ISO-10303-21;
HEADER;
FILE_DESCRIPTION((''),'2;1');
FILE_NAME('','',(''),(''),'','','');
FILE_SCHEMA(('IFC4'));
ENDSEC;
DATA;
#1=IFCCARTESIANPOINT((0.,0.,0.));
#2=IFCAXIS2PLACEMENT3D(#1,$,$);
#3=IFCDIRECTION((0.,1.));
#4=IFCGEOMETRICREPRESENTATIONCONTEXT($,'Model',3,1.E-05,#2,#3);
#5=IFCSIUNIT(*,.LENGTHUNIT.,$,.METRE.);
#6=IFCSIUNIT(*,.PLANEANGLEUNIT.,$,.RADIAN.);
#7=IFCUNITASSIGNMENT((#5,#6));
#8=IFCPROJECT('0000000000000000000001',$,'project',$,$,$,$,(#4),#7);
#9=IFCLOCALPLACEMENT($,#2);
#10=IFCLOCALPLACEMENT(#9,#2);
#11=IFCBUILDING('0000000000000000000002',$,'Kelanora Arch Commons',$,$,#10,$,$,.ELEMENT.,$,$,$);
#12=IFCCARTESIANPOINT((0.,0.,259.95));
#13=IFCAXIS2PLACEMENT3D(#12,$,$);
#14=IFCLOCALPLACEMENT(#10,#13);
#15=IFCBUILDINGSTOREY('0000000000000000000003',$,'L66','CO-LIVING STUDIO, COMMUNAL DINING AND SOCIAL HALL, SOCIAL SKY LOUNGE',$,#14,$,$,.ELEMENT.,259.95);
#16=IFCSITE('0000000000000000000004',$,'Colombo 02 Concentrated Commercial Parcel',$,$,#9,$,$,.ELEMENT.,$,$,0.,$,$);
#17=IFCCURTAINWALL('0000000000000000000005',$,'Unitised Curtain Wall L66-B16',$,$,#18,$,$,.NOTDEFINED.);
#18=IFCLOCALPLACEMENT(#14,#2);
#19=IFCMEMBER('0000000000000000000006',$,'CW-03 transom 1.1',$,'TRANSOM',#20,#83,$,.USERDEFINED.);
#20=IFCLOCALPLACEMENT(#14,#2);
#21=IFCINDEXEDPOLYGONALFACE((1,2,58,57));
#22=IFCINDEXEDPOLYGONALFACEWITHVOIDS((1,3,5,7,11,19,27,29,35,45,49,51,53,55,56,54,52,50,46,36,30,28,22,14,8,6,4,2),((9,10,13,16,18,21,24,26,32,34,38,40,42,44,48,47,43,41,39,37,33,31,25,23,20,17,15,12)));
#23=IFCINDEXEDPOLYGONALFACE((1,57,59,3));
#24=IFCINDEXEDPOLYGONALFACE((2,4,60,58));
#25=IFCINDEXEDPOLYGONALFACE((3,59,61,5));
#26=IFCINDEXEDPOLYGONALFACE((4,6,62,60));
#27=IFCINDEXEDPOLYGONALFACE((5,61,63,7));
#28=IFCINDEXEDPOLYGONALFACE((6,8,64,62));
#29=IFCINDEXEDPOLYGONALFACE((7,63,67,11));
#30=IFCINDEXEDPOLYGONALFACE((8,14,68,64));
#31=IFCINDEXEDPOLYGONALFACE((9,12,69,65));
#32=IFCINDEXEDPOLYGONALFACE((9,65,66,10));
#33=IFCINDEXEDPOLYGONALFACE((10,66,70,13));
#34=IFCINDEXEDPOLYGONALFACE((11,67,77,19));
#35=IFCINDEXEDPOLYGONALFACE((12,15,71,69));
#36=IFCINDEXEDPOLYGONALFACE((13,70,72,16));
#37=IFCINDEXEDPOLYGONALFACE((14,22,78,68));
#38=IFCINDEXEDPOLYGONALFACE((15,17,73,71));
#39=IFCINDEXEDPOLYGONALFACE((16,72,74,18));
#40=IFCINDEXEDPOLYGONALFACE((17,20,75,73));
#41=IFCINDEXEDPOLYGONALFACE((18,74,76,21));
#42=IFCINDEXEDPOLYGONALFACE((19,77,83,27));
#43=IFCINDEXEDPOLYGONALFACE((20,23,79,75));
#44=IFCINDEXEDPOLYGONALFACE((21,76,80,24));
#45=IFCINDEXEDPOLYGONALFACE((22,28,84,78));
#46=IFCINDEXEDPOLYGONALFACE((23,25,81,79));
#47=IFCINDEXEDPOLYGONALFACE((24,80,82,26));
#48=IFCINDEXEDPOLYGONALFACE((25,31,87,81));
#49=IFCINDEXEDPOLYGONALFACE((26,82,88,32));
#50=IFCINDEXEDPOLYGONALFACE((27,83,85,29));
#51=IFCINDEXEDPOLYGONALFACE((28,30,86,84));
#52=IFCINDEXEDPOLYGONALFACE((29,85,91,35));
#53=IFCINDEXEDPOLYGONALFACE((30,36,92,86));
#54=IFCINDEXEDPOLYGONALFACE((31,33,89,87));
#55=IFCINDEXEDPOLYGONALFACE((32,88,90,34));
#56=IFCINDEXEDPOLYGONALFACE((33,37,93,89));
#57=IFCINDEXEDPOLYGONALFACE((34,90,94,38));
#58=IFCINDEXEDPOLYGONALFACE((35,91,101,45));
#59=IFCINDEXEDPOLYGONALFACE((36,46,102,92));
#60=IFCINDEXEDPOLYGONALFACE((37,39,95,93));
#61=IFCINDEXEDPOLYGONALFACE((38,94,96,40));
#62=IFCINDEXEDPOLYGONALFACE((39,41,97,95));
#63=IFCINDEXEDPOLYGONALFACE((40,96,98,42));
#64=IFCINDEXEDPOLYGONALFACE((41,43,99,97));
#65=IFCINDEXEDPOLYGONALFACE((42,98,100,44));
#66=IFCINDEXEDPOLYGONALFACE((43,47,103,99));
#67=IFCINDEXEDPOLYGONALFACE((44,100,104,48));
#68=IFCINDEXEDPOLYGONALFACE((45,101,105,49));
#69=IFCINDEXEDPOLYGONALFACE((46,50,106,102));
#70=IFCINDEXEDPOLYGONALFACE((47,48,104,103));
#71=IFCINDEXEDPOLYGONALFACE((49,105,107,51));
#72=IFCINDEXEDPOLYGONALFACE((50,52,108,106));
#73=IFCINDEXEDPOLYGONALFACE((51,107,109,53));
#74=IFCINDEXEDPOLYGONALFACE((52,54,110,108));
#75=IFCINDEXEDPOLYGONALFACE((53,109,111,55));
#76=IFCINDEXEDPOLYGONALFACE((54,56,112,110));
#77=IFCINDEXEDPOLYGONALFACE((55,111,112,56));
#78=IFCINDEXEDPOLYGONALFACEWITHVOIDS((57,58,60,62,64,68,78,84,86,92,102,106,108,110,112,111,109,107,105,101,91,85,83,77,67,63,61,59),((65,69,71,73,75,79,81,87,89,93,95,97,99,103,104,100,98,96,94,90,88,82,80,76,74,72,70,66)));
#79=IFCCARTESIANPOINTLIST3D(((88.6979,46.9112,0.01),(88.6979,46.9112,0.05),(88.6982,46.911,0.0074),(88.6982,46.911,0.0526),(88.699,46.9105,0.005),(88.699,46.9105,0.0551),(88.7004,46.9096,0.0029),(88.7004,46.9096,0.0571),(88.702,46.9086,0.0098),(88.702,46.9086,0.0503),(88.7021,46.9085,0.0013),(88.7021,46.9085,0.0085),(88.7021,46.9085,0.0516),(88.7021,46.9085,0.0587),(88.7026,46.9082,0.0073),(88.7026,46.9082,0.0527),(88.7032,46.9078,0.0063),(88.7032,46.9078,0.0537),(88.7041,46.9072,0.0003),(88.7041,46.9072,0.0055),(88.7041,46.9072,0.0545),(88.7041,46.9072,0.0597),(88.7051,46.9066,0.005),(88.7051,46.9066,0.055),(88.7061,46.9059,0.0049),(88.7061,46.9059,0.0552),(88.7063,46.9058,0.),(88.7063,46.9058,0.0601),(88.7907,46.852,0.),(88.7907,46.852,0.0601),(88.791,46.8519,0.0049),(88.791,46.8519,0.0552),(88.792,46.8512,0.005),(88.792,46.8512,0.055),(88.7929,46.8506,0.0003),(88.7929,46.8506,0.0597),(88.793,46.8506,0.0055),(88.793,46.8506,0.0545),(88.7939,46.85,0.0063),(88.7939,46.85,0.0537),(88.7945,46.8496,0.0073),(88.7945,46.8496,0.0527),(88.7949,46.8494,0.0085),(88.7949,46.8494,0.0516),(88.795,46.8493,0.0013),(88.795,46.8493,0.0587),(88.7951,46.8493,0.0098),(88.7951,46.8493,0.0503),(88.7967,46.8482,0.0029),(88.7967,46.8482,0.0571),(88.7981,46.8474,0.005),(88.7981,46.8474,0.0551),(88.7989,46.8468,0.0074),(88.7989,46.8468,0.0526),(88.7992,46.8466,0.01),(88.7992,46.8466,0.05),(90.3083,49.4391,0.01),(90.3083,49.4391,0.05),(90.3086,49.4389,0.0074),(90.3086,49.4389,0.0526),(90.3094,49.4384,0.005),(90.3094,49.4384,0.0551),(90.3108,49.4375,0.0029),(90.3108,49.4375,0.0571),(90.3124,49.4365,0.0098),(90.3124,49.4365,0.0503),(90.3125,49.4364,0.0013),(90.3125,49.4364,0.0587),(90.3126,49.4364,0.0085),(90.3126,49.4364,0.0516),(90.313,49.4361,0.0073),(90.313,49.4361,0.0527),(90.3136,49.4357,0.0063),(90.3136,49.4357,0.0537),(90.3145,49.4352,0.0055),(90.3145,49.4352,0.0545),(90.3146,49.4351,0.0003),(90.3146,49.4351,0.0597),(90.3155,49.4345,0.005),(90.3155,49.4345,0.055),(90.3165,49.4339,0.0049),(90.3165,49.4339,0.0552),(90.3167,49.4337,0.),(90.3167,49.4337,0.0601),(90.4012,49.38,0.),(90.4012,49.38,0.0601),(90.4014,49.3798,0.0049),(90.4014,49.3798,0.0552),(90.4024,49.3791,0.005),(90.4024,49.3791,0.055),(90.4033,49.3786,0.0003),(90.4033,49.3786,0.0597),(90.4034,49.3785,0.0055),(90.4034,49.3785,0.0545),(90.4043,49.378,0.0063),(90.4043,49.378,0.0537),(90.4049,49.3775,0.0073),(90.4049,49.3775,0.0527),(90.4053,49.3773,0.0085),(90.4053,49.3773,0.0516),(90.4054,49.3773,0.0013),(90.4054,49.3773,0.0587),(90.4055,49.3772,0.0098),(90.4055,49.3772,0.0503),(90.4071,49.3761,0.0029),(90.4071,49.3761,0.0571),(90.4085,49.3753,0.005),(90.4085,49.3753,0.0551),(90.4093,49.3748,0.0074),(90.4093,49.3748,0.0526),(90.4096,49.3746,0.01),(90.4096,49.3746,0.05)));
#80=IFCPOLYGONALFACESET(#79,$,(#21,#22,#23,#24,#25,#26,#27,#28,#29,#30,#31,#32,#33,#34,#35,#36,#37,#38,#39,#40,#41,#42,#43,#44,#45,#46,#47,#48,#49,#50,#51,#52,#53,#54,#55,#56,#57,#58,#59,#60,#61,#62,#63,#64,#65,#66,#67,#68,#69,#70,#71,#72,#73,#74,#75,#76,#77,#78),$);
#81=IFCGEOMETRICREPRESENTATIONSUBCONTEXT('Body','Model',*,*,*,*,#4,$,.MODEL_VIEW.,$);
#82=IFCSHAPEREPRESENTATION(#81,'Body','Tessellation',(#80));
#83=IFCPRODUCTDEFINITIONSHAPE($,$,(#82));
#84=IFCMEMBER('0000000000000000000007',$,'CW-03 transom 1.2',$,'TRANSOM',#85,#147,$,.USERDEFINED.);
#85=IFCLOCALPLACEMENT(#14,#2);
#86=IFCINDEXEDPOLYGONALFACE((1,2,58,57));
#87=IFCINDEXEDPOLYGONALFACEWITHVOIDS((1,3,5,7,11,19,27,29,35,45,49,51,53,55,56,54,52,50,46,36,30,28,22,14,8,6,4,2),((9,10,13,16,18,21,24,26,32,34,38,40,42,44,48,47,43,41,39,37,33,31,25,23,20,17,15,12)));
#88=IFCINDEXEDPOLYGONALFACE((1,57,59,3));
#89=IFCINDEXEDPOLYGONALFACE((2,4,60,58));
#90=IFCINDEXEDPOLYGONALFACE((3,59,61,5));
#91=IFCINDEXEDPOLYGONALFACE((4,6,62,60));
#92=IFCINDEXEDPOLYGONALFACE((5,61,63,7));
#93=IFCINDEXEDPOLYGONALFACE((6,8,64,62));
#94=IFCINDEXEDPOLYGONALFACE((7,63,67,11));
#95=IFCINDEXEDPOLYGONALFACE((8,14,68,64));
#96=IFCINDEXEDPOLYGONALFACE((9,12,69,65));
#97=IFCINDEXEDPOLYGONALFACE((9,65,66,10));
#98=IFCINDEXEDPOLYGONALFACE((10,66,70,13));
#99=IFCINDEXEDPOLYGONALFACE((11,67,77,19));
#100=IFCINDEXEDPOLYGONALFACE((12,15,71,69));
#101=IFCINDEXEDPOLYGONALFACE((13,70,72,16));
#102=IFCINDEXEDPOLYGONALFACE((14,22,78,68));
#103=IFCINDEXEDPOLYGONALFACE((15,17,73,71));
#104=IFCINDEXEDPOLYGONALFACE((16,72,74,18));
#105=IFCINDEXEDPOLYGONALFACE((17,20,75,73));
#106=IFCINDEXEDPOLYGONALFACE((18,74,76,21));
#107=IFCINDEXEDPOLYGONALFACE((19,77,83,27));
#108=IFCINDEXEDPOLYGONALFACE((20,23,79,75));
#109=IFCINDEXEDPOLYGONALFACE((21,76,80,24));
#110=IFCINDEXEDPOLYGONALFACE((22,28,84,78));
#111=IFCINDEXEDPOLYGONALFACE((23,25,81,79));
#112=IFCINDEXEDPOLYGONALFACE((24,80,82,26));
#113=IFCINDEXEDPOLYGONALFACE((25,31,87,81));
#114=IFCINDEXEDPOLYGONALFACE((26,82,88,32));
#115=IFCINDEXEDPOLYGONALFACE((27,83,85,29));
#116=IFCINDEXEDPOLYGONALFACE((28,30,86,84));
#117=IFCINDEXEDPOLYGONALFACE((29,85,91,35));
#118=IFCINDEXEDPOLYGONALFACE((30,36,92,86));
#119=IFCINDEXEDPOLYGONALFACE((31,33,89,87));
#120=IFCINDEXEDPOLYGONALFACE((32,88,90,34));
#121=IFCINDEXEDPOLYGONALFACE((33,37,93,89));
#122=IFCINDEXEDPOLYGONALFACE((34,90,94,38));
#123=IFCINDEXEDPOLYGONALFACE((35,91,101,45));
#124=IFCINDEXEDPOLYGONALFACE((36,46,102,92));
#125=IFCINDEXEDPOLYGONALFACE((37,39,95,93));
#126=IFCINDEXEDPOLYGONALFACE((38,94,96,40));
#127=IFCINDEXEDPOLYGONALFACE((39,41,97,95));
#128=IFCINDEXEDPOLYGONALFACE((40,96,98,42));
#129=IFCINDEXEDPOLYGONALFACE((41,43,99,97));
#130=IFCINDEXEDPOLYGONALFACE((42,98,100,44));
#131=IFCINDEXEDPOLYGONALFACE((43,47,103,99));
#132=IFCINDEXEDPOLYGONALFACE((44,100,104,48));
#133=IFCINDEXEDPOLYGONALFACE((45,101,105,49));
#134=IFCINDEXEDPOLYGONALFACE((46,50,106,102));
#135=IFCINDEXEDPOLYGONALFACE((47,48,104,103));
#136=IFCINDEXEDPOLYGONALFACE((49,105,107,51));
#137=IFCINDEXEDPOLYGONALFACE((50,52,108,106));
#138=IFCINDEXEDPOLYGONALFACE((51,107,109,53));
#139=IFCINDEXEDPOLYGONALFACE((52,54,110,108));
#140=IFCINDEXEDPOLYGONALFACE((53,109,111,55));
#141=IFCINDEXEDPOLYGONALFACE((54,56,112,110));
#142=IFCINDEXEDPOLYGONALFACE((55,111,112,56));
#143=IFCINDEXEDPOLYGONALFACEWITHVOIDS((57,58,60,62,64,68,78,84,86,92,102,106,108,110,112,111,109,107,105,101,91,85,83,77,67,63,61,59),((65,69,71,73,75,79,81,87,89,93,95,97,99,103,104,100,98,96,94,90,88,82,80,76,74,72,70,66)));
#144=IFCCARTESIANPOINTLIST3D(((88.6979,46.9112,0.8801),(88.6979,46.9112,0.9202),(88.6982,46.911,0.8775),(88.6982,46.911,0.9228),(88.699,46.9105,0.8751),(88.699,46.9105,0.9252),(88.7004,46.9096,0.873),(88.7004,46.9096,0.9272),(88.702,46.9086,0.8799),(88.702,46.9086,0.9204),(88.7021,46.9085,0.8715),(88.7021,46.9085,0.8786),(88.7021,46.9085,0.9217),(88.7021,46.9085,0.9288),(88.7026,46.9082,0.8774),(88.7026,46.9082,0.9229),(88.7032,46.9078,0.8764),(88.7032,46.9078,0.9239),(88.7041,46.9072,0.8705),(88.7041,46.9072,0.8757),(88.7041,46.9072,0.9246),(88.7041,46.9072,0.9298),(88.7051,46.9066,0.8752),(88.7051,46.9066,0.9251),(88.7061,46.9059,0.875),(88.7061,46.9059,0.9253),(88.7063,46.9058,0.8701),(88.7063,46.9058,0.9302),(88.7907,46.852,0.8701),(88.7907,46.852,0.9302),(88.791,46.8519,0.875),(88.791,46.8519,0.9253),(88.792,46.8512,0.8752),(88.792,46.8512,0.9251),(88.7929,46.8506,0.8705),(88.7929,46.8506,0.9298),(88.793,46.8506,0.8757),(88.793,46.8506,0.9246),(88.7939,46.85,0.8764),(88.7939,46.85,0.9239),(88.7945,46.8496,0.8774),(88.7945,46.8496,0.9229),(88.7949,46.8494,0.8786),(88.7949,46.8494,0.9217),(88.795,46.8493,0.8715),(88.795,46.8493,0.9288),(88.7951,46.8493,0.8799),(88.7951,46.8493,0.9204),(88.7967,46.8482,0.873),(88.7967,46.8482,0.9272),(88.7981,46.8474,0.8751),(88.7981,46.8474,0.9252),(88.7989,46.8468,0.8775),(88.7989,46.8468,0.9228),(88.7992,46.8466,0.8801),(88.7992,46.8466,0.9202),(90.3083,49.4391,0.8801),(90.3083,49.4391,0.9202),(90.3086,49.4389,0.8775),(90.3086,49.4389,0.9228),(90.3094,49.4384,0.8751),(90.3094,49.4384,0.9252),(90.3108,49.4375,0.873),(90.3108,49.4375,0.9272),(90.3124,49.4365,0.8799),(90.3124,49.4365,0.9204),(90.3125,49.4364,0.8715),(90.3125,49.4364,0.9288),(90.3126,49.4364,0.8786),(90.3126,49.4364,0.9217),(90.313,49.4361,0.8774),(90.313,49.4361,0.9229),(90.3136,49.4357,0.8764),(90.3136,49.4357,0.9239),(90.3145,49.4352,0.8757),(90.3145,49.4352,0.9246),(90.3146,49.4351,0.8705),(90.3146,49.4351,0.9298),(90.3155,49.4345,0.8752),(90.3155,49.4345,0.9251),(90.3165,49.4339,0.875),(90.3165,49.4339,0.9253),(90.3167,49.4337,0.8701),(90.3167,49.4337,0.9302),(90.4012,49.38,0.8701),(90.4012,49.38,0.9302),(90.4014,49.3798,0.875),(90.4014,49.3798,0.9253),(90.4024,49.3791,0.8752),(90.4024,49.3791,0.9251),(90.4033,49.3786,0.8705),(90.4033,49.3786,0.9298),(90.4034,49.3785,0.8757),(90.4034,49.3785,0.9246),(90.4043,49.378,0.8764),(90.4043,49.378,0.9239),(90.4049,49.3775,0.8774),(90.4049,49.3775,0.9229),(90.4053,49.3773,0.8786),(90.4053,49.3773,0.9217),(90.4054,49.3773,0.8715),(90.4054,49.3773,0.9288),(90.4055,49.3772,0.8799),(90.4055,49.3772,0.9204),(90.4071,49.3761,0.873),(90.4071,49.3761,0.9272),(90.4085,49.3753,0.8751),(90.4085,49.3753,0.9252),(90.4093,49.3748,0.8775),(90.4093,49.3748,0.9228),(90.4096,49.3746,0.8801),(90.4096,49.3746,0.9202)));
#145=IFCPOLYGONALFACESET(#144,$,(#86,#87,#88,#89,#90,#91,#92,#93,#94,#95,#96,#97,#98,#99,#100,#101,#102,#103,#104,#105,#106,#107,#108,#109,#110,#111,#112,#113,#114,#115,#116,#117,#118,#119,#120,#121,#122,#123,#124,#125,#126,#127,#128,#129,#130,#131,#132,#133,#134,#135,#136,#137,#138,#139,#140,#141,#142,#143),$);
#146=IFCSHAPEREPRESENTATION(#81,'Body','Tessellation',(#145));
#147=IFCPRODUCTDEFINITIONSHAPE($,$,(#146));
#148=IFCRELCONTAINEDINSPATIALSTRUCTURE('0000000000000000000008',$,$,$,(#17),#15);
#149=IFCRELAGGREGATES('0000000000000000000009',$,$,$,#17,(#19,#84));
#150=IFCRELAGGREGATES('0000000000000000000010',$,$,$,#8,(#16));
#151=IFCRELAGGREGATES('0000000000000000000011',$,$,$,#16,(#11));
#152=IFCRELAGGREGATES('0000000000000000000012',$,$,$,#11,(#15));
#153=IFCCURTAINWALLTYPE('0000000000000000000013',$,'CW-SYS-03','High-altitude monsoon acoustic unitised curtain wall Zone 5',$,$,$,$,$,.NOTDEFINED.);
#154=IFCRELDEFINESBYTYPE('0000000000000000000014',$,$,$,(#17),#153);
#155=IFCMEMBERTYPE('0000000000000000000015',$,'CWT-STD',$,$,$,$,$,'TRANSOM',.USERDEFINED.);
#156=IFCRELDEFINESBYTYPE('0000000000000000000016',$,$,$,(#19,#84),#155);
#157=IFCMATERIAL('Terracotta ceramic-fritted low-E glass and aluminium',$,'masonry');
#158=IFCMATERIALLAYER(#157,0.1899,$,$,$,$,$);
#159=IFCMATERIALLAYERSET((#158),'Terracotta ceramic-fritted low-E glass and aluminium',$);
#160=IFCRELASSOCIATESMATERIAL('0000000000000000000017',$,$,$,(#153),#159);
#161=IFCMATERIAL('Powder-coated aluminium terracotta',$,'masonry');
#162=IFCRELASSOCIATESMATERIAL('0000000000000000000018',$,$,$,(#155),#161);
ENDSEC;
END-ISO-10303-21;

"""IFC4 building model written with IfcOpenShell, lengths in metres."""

from ifc_helpers import new_model, si_unit, direction, frame, origin, origin_2d, place, context, subcontext, project, spatial, hollow_rectangle, extrude, material, layer, layer_set, material_profile, profile_set, type_object, element, aggregate, save


model = new_model("IFC4")

# Units and contexts
model_context = context("Model", 3, precision=1e-05, world=origin(), true_north=direction((0.0, 1.0)))
body_context = subcontext(model_context, "Body", "Model", "MODEL_VIEW")
ifc_project = project(units=[si_unit("LENGTHUNIT", "METRE"), si_unit("PLANEANGLEUNIT", "RADIAN")], contexts=[model_context])

# Site, building, storey
site_placement = place(None, origin())
site = spatial("IfcSite", under=ifc_project, at=site_placement, Name="Colombo 02 Concentrated Commercial Parcel", CompositionType="ELEMENT", RefElevation=0.0)
building_placement = place(site_placement, origin())
building = spatial("IfcBuilding", under=site, at=building_placement, Name="Kelanora Arch Commons", CompositionType="ELEMENT")
storey_placement = place(building_placement, frame((0.0, 0.0, 259.95)))
storey = spatial("IfcBuildingStorey", under=building, at=storey_placement, Name="L66", Description="CO-LIVING STUDIO, COMMUNAL DINING AND SOCIAL HALL, SOCIAL SKY LOUNGE", CompositionType="ELEMENT", Elevation=259.95)

# Shared definitions
ifc_material_1 = material(Name="Terracotta ceramic-fritted low-E glass and aluminium", Category="masonry")
ifc_layer_1 = layer(ifc_material_1, 0.1899)
ifc_layer_set_1 = layer_set([ifc_layer_1], Name="Terracotta ceramic-fritted low-E glass and aluminium")
curtain_wall_type = type_object("IfcCurtainWallType", Name="CW-SYS-03", Description="High-altitude monsoon acoustic unitised curtain wall Zone 5", PredefinedType="NOTDEFINED", material=ifc_layer_set_1)
ifc_material_2 = material(Name="Powder-coated aluminium terracotta", Category="masonry")

# Curtain wall, members
curtain_wall_1_placement = place(storey_placement, origin())
curtain_wall_1 = element("IfcCurtainWall", 1, at=curtain_wall_1_placement, inside=storey, type_object=curtain_wall_type, Name="Unitised Curtain Wall L66-B16", PredefinedType="NOTDEFINED")
ifc_material_profile_1 = material_profile(ifc_material_2, hollow_rectangle(XDim=0.1201, YDim=0.0601, WallThickness=0.0049, InnerFilletRadius=0.0049, OuterFilletRadius=0.01, at=origin_2d()), Name="CWT120x60")
ifc_profile_set_1 = profile_set([ifc_material_profile_1], Name="Powder-coated aluminium terracotta")
member_type_1 = type_object("IfcMemberType", Name="CWT-STD", ElementType="TRANSOM", PredefinedType="USERDEFINED", material=ifc_profile_set_1)
member_1_placement = place(storey_placement, frame((88.7485, 46.8789, 0.03), z_axis=(0.537287, 0.8434, 0.0), x_axis=(-0.8434, 0.537287, 0.0)))
member_1 = element("IfcMember", 2, at=member_1_placement, type_object=member_type_1, Name="CW-03 transom 1.1", ObjectType="TRANSOM", PredefinedType="USERDEFINED", context=body_context, shape_type="SweptSolid", body=[
    extrude(hollow_rectangle(XDim=0.1201, YDim=0.0601, WallThickness=0.0049, InnerFilletRadius=0.0049, OuterFilletRadius=0.01, at=origin_2d()), origin(), (0.0, 0.0, 1.0), 2.9973),
])
member_2_placement = place(storey_placement, frame((88.7485, 46.8789, 0.9001), z_axis=(0.537287, 0.8434, 0.0), x_axis=(-0.8434, 0.537287, 0.0)))
member_2 = element("IfcMember", 3, at=member_2_placement, type_object=member_type_1, Name="CW-03 transom 1.2", ObjectType="TRANSOM", PredefinedType="USERDEFINED", context=body_context, shape_type="SweptSolid", body=[
    extrude(hollow_rectangle(XDim=0.1201, YDim=0.0601, WallThickness=0.0049, InnerFilletRadius=0.0049, OuterFilletRadius=0.01, at=origin_2d()), origin(), (0.0, 0.0, 1.0), 2.9973),
])
aggregate(curtain_wall_1, [member_1, member_2])

save(model, "model.ifc")
